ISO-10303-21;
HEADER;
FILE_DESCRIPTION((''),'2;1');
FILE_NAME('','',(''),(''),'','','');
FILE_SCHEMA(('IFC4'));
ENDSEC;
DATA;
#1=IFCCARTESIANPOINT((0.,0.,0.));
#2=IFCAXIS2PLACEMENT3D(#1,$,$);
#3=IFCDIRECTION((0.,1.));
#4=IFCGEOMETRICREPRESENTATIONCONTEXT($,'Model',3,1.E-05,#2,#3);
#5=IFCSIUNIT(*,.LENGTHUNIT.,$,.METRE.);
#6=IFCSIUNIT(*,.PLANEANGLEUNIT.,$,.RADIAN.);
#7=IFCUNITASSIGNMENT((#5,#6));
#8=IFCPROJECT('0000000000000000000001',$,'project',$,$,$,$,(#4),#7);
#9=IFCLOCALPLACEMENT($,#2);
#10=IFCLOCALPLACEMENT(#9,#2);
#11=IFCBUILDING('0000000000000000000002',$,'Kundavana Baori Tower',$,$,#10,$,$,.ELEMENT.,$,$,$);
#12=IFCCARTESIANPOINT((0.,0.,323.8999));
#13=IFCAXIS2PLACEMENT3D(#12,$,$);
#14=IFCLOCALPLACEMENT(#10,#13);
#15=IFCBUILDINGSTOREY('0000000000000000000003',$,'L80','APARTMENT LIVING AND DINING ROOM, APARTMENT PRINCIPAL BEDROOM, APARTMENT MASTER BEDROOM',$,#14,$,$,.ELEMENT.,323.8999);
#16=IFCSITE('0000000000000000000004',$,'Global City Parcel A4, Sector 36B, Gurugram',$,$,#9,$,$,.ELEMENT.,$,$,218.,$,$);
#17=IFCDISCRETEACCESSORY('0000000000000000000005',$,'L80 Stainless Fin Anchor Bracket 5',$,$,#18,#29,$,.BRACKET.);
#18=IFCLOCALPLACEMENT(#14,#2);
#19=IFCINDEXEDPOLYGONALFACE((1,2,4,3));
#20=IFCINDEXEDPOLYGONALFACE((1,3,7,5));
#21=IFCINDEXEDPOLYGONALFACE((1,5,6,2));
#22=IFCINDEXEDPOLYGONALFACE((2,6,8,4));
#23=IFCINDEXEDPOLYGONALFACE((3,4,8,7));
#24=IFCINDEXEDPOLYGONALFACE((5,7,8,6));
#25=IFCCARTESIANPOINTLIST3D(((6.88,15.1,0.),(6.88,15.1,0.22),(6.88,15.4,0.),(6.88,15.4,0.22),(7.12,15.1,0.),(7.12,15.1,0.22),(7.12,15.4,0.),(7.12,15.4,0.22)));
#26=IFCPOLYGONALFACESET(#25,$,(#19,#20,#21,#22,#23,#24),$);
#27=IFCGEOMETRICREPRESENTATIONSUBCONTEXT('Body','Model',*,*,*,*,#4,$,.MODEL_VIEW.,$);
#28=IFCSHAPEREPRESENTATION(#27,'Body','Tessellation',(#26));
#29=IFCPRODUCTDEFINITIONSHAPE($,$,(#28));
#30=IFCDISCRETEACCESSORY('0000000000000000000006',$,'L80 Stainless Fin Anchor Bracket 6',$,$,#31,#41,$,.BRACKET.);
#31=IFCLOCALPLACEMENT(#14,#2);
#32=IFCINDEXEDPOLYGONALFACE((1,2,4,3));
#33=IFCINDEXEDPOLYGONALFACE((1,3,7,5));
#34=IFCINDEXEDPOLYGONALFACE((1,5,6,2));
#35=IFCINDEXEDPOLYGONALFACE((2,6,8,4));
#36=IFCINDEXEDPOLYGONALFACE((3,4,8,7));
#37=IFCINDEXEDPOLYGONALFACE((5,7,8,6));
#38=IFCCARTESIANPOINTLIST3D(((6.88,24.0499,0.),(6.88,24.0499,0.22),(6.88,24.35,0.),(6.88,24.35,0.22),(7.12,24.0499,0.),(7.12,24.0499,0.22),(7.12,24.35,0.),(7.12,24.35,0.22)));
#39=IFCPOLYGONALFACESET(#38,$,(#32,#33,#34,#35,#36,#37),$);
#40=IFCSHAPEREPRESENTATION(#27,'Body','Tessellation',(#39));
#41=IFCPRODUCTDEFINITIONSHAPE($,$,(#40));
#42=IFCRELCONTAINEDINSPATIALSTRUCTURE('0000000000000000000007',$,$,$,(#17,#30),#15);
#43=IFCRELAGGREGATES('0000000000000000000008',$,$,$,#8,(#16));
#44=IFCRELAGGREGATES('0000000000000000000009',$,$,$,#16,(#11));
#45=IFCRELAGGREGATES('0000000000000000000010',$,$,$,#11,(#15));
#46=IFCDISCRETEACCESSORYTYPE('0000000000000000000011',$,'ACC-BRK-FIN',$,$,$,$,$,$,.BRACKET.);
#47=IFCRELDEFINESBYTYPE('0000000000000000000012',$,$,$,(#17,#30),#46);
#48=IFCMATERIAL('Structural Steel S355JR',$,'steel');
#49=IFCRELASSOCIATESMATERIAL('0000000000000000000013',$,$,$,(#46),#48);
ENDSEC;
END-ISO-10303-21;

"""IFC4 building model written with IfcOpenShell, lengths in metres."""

from ifc_helpers import new_model, si_unit, direction, frame, origin, origin_2d, place, context, subcontext, project, spatial, rectangle, extrude, material, type_object, element, save


model = new_model("IFC4")

# Units and contexts
model_context = context("Model", 3, precision=1e-05, world=origin(), true_north=direction((0.0, 1.0)))
body_context = subcontext(model_context, "Body", "Model", "MODEL_VIEW")
ifc_project = project(units=[si_unit("LENGTHUNIT", "METRE"), si_unit("PLANEANGLEUNIT", "RADIAN")], contexts=[model_context])

# Site, building, storey
site_placement = place(None, origin())
site = spatial("IfcSite", under=ifc_project, at=site_placement, Name="Global City Parcel A4, Sector 36B, Gurugram", CompositionType="ELEMENT", RefElevation=218.0)
building_placement = place(site_placement, origin())
building = spatial("IfcBuilding", under=site, at=building_placement, Name="Kundavana Baori Tower", CompositionType="ELEMENT")
storey_placement = place(building_placement, frame((0.0, 0.0, 323.8999)))
storey = spatial("IfcBuildingStorey", under=building, at=storey_placement, Name="L80", Description="APARTMENT LIVING AND DINING ROOM, APARTMENT PRINCIPAL BEDROOM, APARTMENT MASTER BEDROOM", CompositionType="ELEMENT", Elevation=323.8999)

# Discrete accessories
ifc_material_1 = material(Name="Structural Steel S355JR", Category="steel")
discrete_accessory_type = type_object("IfcDiscreteAccessoryType", Name="ACC-BRK-FIN", PredefinedType="BRACKET", material=ifc_material_1)
for number, where, z_axis, x_axis, name in (
    (1, (7.0, 15.25, 0.0), (0.0, 0.0, 1.0), (1.0, 0.0, 0.0), "L80 Stainless Fin Anchor Bracket 5"),
    (2, (7.0, 24.2, 0.0), (0.0, 0.0, 1.0), (1.0, 0.0, 0.0), "L80 Stainless Fin Anchor Bracket 6"),
):
    element("IfcDiscreteAccessory", number, at=place(storey_placement, frame(where, z_axis=z_axis, x_axis=x_axis)), inside=storey, type_object=discrete_accessory_type, Name=name, PredefinedType="BRACKET", context=body_context, shape_type="SweptSolid", body=[
        extrude(rectangle(XDim=0.24, YDim=0.3, at=origin_2d()), origin(), (0.0, 0.0, 1.0), 0.22),
    ])

save(model, "model.ifc")
